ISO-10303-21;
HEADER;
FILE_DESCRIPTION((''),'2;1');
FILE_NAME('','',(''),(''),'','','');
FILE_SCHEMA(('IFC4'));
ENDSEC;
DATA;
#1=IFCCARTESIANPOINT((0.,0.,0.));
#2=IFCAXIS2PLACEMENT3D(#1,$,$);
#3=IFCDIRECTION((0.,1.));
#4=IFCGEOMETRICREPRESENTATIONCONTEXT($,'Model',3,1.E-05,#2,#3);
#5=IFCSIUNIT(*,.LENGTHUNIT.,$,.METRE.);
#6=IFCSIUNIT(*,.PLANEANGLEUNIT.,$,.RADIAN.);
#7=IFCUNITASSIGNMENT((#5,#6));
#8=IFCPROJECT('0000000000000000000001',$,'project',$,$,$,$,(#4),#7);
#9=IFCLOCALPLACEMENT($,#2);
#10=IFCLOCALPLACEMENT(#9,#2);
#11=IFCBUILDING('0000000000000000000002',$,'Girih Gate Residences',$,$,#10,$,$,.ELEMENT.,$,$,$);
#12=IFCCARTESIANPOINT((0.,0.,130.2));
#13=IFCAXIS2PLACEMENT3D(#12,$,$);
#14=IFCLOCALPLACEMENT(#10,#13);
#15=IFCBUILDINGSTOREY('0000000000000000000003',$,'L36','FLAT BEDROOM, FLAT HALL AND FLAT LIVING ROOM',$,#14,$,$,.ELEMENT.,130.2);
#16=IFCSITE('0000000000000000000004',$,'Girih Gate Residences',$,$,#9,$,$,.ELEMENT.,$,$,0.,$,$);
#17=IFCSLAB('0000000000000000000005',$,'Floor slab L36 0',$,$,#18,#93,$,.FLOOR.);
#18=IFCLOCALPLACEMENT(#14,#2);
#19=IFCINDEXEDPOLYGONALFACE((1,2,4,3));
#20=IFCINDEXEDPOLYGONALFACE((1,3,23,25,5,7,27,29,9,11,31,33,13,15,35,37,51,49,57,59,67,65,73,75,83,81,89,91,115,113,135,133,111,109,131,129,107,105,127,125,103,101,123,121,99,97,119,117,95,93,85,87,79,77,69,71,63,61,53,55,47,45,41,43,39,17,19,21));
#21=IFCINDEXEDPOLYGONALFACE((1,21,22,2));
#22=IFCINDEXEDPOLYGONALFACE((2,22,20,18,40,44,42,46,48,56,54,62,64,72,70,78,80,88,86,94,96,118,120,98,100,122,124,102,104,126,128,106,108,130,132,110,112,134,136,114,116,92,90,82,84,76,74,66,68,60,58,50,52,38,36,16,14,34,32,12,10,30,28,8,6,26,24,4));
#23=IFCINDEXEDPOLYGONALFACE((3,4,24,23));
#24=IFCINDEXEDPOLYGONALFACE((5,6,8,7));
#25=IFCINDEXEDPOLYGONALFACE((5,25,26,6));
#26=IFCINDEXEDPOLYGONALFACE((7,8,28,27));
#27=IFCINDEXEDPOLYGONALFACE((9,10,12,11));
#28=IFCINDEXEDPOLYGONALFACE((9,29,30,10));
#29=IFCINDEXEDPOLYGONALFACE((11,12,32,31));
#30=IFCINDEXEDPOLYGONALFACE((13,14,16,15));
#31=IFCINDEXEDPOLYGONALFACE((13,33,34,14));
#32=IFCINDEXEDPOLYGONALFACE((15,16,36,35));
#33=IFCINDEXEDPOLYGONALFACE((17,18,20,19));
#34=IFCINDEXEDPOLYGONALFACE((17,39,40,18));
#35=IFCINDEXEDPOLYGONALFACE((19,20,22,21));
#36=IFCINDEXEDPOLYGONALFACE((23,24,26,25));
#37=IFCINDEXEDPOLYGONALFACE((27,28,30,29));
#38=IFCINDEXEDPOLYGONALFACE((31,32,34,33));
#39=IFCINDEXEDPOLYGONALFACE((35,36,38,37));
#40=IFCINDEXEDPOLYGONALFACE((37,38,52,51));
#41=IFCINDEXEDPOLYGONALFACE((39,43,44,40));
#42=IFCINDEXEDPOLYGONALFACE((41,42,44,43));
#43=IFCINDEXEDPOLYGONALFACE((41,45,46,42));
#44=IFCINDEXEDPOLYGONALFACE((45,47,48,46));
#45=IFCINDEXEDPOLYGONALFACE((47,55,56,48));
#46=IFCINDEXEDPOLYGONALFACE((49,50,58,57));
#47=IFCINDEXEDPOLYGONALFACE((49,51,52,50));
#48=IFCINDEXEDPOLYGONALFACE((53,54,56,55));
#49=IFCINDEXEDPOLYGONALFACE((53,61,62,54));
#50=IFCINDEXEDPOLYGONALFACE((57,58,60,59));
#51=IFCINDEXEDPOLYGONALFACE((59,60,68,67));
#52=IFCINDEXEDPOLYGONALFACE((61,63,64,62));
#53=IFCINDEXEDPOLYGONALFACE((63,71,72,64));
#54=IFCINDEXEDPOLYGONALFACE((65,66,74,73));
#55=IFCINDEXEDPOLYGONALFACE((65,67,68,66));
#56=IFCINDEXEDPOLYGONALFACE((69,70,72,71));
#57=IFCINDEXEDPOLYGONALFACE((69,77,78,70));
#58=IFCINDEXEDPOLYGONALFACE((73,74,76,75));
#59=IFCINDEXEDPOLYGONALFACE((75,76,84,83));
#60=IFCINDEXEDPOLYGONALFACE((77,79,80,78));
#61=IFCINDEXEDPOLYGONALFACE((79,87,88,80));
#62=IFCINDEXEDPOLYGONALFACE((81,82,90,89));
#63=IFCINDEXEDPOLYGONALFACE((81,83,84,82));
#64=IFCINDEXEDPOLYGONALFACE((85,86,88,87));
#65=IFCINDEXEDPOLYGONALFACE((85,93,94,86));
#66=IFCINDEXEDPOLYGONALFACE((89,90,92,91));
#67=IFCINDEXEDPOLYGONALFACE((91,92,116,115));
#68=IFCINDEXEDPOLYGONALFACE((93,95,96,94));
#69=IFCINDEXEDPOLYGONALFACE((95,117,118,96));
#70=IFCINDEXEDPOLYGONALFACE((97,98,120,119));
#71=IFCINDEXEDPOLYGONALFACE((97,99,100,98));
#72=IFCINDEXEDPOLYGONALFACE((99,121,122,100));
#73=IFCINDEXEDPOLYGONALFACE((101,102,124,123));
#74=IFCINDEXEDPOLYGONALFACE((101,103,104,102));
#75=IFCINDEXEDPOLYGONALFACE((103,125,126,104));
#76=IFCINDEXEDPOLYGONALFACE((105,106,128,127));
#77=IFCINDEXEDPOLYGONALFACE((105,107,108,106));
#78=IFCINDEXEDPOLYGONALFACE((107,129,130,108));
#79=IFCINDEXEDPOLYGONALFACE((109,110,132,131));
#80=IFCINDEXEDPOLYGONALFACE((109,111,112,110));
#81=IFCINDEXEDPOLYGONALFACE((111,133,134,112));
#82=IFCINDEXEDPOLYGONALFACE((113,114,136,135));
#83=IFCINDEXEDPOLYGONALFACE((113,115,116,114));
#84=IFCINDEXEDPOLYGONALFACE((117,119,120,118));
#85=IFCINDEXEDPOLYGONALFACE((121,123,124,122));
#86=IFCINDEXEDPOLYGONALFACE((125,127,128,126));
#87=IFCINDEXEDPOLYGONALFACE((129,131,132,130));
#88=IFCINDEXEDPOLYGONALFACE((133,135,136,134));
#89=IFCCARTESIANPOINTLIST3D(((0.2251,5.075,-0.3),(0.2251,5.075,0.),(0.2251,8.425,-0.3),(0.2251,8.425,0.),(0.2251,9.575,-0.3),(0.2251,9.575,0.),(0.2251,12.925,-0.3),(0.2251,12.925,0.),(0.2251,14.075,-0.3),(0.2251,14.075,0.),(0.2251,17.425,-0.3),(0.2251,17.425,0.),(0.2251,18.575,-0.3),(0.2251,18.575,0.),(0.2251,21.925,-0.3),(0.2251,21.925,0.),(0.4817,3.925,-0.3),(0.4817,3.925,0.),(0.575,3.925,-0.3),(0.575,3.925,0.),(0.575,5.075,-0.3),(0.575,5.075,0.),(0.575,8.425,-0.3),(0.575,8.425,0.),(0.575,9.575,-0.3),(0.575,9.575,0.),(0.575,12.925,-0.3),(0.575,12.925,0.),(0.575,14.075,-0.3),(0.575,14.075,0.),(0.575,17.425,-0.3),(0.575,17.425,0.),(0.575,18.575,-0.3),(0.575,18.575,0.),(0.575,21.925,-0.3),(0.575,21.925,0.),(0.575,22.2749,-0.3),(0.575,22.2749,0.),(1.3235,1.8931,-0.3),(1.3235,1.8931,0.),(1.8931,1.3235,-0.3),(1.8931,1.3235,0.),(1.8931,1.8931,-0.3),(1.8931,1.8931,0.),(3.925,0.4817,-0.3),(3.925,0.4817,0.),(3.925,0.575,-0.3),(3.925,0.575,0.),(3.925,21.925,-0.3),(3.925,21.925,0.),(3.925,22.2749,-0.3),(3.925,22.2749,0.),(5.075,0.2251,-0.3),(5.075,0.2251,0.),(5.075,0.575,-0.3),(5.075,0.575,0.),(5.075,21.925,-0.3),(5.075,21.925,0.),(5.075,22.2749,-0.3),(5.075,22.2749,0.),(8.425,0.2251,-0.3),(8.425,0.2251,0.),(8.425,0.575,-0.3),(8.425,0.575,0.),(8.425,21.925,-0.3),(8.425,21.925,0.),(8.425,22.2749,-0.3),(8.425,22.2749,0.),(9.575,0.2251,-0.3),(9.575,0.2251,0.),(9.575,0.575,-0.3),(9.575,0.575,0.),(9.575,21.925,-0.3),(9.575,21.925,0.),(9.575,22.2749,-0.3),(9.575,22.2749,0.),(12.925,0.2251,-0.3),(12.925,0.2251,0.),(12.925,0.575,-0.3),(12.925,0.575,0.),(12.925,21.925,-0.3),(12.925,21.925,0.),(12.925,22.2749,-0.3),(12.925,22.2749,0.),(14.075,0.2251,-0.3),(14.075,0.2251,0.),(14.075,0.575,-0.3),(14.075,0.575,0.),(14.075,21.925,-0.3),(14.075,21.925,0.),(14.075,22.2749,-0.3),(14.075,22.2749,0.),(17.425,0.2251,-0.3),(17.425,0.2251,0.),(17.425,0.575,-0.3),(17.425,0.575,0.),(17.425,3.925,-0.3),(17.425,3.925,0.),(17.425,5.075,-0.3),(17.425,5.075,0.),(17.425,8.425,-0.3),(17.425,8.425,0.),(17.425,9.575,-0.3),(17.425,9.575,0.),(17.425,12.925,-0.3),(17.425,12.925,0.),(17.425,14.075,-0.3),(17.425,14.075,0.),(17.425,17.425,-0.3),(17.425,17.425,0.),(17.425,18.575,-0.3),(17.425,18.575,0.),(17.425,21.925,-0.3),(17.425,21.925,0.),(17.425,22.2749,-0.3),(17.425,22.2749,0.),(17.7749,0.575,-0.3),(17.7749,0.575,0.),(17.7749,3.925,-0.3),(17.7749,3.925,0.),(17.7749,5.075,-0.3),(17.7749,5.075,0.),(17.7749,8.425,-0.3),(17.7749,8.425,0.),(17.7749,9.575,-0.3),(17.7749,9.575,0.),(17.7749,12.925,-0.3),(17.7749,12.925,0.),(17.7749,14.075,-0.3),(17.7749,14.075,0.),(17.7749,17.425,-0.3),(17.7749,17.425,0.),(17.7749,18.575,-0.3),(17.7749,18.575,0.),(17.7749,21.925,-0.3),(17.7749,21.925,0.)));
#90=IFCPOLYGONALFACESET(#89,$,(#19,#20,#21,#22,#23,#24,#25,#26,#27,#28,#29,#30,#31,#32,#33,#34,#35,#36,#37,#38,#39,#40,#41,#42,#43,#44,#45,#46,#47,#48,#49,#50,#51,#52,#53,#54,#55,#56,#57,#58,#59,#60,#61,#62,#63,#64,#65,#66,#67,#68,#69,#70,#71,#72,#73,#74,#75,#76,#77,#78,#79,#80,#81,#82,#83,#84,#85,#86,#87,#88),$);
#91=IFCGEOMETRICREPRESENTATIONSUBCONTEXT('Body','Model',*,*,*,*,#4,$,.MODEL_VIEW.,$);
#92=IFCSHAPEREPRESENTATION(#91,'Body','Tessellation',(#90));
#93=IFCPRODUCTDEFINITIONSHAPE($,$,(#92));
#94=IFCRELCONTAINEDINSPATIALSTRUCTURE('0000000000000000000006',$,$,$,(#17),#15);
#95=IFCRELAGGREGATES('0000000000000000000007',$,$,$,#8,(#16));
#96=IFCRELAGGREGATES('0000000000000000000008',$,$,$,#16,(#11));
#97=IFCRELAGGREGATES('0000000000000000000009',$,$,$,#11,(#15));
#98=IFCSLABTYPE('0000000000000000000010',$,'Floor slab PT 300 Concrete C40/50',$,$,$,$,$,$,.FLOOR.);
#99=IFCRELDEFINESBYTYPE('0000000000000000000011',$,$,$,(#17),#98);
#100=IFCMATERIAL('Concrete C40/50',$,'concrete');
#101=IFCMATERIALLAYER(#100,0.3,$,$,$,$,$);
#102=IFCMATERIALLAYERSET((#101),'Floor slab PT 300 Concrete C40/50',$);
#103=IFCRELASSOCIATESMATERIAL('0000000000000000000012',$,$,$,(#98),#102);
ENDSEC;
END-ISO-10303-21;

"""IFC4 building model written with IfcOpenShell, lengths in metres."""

from ifc_helpers import new_model, si_unit, direction, frame, origin, place, context, subcontext, project, spatial, polyline, outline, extrude, material, layer, layer_set, type_object, element, save


model = new_model("IFC4")

# Units and contexts
model_context = context("Model", 3, precision=1e-05, world=origin(), true_north=direction((0.0, 1.0)))
body_context = subcontext(model_context, "Body", "Model", "MODEL_VIEW")
ifc_project = project(units=[si_unit("LENGTHUNIT", "METRE"), si_unit("PLANEANGLEUNIT", "RADIAN")], contexts=[model_context])

# Site, building, storey
site_placement = place(None, origin())
site = spatial("IfcSite", under=ifc_project, at=site_placement, Name="Girih Gate Residences", CompositionType="ELEMENT", RefElevation=0.0)
building_placement = place(site_placement, origin())
building = spatial("IfcBuilding", under=site, at=building_placement, Name="Girih Gate Residences", CompositionType="ELEMENT")
storey_placement = place(building_placement, frame((0.0, 0.0, 130.2)))
storey = spatial("IfcBuildingStorey", under=building, at=storey_placement, Name="L36", Description="FLAT BEDROOM, FLAT HALL AND FLAT LIVING ROOM", CompositionType="ELEMENT", Elevation=130.2)

# Slab
ifc_material_1 = material(Name="Concrete C40/50", Category="concrete")
ifc_layer_1 = layer(ifc_material_1, 0.3)
ifc_layer_set_1 = layer_set([ifc_layer_1], Name="Floor slab PT 300 Concrete C40/50")
slab_type_1 = type_object("IfcSlabType", Name="Floor slab PT 300 Concrete C40/50", PredefinedType="FLOOR", material=ifc_layer_set_1)
slab_1_placement = place(storey_placement, frame((0.0, 0.0, -0.3)))
element("IfcSlab", 1, at=slab_1_placement, inside=storey, type_object=slab_type_1, Name="Floor slab L36 0", PredefinedType="FLOOR", context=body_context, shape_type="SweptSolid", body=[
    extrude(outline(polyline([(0.2251, 8.425), (0.2251, 5.075), (0.575, 5.075), (0.575, 3.925), (0.4817, 3.925), (1.3235, 1.8931), (1.8931, 1.8931), (1.8931, 1.3235), (3.925, 0.4817), (3.925, 0.575), (5.075, 0.575), (5.075, 0.2251), (8.425, 0.2251), (8.425, 0.575), (9.575, 0.575), (9.575, 0.2251), (12.925, 0.2251), (12.925, 0.575), (14.075, 0.575), (14.075, 0.2251), (17.425, 0.2251), (17.425, 0.575), (17.7749, 0.575), (17.7749, 3.925), (17.425, 3.925), (17.425, 5.075), (17.7749, 5.075), (17.7749, 8.425), (17.425, 8.425), (17.425, 9.575), (17.7749, 9.575), (17.7749, 12.925), (17.425, 12.925), (17.425, 14.075), (17.7749, 14.075), (17.7749, 17.425), (17.425, 17.425), (17.425, 18.575), (17.7749, 18.575), (17.7749, 21.925), (17.425, 21.925), (17.425, 22.2749), (14.075, 22.2749), (14.075, 21.925), (12.925, 21.925), (12.925, 22.2749), (9.575, 22.2749), (9.575, 21.925), (8.425, 21.925), (8.425, 22.2749), (5.075, 22.2749), (5.075, 21.925), (3.925, 21.925), (3.925, 22.2749), (0.575, 22.2749), (0.575, 21.925), (0.2251, 21.925), (0.2251, 18.575), (0.575, 18.575), (0.575, 17.425), (0.2251, 17.425), (0.2251, 14.075), (0.575, 14.075), (0.575, 12.925), (0.2251, 12.925), (0.2251, 9.575), (0.575, 9.575), (0.575, 8.425), (0.2251, 8.425)])), origin(), (0.0, 0.0, 1.0), 0.3),
])

save(model, "model.ifc")
